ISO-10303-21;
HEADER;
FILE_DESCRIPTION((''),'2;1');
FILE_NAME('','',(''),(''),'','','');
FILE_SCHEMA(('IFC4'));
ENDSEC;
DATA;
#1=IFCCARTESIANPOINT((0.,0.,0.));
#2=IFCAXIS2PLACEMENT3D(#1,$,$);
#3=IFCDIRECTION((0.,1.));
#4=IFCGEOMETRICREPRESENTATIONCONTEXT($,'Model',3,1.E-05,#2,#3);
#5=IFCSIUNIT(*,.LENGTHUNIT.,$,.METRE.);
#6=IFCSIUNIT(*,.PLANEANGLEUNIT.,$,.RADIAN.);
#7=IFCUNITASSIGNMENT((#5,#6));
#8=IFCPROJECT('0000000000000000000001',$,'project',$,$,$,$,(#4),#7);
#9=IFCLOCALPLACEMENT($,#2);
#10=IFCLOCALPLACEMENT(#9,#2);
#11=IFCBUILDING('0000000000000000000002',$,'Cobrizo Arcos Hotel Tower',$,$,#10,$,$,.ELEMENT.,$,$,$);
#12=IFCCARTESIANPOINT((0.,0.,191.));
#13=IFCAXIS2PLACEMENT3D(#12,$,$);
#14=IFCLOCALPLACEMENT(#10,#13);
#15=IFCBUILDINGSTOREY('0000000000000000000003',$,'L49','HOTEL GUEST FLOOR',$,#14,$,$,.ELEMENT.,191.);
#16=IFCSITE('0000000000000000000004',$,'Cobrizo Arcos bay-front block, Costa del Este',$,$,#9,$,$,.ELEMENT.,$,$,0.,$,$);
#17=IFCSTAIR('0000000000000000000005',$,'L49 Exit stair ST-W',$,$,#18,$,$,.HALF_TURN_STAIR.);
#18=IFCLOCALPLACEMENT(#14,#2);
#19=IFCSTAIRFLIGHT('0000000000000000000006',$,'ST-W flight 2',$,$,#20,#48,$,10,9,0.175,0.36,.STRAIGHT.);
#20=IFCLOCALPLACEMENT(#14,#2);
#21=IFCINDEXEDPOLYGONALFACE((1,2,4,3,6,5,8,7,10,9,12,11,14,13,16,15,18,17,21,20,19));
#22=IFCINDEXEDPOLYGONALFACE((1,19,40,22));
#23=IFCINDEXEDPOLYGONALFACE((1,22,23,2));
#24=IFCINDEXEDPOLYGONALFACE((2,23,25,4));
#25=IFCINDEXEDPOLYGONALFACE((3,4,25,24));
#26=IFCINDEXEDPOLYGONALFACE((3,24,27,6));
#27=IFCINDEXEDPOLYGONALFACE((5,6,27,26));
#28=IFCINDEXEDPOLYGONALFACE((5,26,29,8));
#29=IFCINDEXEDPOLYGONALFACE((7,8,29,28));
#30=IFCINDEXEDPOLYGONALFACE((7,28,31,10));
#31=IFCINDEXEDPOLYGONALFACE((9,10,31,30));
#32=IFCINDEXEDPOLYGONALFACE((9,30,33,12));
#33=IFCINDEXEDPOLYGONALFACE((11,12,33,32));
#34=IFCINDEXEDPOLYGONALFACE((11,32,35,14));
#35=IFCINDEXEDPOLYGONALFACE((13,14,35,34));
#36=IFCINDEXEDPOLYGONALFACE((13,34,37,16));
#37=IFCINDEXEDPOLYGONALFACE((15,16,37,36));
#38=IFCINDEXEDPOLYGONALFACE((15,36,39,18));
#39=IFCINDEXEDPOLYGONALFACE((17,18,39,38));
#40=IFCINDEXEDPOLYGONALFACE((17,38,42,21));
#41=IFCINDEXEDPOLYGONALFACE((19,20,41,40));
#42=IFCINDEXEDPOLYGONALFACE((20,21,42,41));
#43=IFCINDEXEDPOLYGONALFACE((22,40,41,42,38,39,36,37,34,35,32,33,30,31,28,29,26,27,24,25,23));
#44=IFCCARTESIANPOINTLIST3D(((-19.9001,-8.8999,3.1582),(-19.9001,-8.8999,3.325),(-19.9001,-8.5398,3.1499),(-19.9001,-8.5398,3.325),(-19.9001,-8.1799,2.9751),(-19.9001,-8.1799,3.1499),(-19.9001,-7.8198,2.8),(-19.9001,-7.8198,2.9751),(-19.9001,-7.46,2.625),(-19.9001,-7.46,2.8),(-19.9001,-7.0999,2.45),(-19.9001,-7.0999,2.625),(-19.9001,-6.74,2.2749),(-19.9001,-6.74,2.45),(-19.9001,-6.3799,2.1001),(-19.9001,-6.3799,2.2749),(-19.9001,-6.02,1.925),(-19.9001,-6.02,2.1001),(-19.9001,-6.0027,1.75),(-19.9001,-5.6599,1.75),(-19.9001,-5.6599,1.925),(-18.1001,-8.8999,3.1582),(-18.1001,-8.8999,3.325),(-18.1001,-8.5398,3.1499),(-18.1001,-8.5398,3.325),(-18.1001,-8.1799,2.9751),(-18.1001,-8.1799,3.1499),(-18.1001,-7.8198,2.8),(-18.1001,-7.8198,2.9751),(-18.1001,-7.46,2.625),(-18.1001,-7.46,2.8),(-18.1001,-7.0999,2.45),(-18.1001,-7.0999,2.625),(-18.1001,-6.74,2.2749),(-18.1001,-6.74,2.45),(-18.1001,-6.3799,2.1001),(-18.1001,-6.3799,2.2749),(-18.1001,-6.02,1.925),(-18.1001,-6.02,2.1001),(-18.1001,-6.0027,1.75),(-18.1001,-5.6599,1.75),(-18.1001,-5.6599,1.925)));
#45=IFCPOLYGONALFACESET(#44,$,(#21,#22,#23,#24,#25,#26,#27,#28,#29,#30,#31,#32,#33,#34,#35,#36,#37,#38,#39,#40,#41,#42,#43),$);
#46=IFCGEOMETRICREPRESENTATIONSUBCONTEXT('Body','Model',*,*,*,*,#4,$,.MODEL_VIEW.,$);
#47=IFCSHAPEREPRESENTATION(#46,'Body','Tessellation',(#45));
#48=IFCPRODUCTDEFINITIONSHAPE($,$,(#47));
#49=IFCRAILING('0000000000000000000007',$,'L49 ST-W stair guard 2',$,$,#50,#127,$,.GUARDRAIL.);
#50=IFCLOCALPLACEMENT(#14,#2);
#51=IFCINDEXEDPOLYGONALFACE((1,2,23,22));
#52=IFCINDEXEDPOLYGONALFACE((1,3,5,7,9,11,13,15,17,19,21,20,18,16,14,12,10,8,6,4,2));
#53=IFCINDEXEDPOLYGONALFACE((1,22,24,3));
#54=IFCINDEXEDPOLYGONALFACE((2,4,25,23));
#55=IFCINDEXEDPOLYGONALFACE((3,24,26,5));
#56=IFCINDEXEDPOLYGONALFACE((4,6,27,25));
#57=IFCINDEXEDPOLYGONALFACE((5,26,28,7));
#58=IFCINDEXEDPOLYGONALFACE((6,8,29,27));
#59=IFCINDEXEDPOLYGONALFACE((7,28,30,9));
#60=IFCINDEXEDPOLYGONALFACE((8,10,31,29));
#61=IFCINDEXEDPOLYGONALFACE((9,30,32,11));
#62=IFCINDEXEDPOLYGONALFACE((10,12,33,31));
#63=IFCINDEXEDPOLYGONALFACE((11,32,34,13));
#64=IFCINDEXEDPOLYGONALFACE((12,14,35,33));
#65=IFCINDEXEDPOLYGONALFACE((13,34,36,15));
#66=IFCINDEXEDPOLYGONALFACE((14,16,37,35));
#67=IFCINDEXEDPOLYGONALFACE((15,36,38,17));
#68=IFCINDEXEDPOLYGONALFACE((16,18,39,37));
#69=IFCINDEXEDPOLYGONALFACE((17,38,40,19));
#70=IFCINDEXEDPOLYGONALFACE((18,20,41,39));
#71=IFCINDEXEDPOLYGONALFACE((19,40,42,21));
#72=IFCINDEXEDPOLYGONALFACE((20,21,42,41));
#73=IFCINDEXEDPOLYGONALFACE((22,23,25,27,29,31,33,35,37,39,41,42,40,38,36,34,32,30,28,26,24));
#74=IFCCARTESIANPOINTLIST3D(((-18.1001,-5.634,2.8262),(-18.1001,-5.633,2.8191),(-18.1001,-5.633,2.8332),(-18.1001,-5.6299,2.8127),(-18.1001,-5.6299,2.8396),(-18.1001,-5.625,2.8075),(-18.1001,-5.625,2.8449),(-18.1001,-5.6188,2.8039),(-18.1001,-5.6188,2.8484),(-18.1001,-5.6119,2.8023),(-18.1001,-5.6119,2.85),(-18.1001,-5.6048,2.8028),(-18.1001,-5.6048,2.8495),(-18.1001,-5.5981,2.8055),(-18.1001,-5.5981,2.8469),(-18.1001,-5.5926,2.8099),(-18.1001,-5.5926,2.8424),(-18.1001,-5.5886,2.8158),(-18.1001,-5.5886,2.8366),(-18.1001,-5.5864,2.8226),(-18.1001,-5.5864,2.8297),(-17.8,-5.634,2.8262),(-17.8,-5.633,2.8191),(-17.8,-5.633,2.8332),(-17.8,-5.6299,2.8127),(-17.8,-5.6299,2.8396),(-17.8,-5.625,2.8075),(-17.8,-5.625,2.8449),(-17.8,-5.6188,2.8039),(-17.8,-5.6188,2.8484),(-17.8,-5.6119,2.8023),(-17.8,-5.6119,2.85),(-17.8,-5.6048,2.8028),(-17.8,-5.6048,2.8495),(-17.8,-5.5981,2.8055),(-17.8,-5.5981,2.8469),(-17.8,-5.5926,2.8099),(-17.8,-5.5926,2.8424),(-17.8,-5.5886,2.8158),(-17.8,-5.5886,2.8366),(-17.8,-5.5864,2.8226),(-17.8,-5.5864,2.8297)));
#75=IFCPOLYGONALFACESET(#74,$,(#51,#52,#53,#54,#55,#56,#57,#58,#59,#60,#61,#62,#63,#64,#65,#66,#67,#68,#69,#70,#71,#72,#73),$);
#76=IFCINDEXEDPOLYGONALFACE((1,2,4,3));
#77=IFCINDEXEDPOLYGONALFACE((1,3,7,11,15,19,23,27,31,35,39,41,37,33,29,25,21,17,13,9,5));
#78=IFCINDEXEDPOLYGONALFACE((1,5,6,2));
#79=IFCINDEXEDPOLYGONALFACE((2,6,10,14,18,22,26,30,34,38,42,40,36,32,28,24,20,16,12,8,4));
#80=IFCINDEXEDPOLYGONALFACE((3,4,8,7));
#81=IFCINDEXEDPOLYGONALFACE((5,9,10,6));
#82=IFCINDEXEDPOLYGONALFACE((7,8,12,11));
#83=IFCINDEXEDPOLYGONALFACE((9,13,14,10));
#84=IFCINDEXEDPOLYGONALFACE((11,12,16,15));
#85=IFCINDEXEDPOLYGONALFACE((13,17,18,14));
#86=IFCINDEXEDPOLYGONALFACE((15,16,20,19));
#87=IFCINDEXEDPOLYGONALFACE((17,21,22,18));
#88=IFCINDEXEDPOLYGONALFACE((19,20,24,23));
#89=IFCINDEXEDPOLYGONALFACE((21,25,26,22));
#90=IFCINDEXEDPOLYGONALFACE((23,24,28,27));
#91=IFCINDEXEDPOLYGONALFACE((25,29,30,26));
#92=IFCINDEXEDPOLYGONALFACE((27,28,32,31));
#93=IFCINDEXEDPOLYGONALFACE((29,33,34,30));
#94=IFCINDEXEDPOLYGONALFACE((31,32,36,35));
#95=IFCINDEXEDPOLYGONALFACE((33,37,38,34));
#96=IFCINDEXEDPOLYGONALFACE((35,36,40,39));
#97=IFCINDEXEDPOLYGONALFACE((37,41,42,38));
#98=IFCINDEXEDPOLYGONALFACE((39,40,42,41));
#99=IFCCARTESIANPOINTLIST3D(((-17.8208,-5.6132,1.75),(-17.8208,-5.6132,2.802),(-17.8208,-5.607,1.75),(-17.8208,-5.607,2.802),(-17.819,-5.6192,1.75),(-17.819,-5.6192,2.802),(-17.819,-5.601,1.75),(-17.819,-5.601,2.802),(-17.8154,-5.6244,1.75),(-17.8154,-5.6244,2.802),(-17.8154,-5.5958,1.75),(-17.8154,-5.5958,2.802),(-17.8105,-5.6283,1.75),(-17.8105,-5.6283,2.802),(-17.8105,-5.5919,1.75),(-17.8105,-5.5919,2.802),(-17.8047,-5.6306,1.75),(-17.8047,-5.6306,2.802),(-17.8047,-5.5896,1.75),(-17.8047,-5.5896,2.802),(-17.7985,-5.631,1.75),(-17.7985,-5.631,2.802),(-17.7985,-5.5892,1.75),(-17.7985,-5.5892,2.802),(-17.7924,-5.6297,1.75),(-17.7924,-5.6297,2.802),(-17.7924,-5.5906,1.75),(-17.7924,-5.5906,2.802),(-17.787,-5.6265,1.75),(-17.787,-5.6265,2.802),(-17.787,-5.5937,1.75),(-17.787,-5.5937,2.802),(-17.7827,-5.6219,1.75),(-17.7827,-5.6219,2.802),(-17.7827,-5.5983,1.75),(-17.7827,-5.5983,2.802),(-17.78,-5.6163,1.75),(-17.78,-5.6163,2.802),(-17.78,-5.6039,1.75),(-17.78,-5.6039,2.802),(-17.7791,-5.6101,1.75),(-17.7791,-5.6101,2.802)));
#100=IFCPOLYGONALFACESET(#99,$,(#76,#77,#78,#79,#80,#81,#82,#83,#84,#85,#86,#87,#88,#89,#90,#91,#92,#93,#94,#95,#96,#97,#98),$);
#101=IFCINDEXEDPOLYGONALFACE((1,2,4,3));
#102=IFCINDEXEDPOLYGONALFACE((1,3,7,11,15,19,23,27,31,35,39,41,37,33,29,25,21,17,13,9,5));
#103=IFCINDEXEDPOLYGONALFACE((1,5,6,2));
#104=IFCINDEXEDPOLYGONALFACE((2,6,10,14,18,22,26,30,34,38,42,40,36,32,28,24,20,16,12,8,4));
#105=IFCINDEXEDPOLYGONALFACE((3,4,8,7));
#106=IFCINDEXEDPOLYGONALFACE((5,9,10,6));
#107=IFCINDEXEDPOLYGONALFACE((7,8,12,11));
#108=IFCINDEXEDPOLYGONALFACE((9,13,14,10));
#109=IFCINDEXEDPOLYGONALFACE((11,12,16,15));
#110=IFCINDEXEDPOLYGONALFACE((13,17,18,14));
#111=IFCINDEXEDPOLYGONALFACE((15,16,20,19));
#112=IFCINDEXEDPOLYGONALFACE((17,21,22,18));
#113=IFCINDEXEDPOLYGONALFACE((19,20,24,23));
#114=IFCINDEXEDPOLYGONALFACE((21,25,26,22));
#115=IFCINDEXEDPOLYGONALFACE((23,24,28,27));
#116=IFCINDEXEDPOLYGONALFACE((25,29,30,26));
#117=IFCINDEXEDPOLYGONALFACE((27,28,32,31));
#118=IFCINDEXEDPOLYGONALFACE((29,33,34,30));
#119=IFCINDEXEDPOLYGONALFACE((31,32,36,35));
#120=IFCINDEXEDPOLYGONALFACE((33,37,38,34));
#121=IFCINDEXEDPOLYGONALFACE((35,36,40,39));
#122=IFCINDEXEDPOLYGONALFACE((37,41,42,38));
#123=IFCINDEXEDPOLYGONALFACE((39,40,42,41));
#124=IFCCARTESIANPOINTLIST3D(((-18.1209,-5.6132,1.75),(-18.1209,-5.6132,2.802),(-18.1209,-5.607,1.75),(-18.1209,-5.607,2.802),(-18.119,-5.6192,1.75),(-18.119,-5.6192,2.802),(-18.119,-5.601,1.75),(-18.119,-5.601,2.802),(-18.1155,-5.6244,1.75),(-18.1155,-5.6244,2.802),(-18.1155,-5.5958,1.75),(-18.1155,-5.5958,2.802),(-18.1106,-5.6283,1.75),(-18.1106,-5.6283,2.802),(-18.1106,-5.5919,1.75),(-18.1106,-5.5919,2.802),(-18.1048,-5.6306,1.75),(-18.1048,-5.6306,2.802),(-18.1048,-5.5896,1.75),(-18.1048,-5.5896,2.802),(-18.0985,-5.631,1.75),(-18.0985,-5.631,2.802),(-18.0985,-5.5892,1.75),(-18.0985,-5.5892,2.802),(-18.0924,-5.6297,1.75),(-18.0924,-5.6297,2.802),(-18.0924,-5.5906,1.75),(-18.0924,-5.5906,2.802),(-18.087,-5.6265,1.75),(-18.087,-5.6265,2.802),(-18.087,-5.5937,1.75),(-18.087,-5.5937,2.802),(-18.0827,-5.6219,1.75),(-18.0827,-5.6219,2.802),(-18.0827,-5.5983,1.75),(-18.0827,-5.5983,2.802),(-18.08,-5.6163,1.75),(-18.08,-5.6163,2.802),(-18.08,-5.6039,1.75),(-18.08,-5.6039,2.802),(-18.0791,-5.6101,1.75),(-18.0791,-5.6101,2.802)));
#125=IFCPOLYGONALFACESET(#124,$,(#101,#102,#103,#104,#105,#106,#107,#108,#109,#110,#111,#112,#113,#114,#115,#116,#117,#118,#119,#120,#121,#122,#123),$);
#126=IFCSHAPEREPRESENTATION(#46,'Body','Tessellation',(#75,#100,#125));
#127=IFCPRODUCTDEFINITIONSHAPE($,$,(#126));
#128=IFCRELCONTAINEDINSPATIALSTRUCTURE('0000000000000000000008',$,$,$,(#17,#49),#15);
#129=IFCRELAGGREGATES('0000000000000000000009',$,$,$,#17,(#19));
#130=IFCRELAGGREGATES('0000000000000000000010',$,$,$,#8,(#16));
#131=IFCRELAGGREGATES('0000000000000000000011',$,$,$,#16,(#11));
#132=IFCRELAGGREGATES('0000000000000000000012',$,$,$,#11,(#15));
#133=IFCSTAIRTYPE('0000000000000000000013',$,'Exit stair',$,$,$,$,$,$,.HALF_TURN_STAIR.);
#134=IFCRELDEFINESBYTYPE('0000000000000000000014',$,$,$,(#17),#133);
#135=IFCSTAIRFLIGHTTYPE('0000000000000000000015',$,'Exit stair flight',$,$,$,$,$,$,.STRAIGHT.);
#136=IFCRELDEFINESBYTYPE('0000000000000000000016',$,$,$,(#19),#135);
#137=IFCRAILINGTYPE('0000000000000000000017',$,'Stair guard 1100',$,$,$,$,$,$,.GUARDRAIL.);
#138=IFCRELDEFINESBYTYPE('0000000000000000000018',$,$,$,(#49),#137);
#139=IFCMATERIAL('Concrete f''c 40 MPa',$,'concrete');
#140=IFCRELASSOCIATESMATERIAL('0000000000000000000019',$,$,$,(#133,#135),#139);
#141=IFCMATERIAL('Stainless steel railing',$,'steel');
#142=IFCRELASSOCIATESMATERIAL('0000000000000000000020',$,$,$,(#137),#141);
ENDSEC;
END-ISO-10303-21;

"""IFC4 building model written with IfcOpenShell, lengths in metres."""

from ifc_helpers import new_model, si_unit, direction, frame, origin, origin_2d, place, context, subcontext, project, spatial, polyline, circle, outline, extrude, material, type_object, element, aggregate, save


model = new_model("IFC4")

# Units and contexts
model_context = context("Model", 3, precision=1e-05, world=origin(), true_north=direction((0.0, 1.0)))
body_context = subcontext(model_context, "Body", "Model", "MODEL_VIEW")
ifc_project = project(units=[si_unit("LENGTHUNIT", "METRE"), si_unit("PLANEANGLEUNIT", "RADIAN")], contexts=[model_context])

# Site, building, storey
site_placement = place(None, origin())
site = spatial("IfcSite", under=ifc_project, at=site_placement, Name="Cobrizo Arcos bay-front block, Costa del Este", CompositionType="ELEMENT", RefElevation=0.0)
building_placement = place(site_placement, origin())
building = spatial("IfcBuilding", under=site, at=building_placement, Name="Cobrizo Arcos Hotel Tower", CompositionType="ELEMENT")
storey_placement = place(building_placement, frame((0.0, 0.0, 191.0)))
storey = spatial("IfcBuildingStorey", under=building, at=storey_placement, Name="L49", Description="HOTEL GUEST FLOOR", CompositionType="ELEMENT", Elevation=191.0)

# Shared definitions
ifc_material_1 = material(Name="Concrete f'c 40 MPa", Category="concrete")

# Stair, stair flight
stair_type = type_object("IfcStairType", Name="Exit stair", PredefinedType="HALF_TURN_STAIR", material=ifc_material_1)
stair_placement = place(storey_placement, origin())
stair = element("IfcStair", 1, at=stair_placement, inside=storey, type_object=stair_type, Name="L49 Exit stair ST-W", PredefinedType="HALF_TURN_STAIR")
stair_flight_type = type_object("IfcStairFlightType", Name="Exit stair flight", PredefinedType="STRAIGHT", material=ifc_material_1)
stair_flight_1_placement = place(storey_placement, frame((-19.0, -5.6599, 1.75), z_axis=(0.0, 0.0, 1.0), x_axis=(0.0, -1.0, 0.0)))
stair_flight_1 = element("IfcStairFlight", 2, at=stair_flight_1_placement, type_object=stair_flight_type, Name="ST-W flight 2", NumberOfRisers=10, NumberOfTreads=9, PredefinedType="STRAIGHT", RiserHeight=0.175, TreadLength=0.36, context=body_context, shape_type="SweptSolid", body=[
    extrude(outline(polyline([(0.0, 0.0), (0.0, 0.175), (0.3601, 0.175), (0.3601, 0.3501), (0.72, 0.3501), (0.72, 0.5249), (1.0801, 0.5249), (1.0801, 0.7), (1.4399, 0.7), (1.4399, 0.875), (1.8, 0.875), (1.8, 1.05), (2.1599, 1.05), (2.1599, 1.2251), (2.52, 1.2251), (2.52, 1.3999), (2.8799, 1.3999), (2.8799, 1.575), (3.24, 1.575), (3.24, 1.75), (3.24, 1.4082), (0.3428, 0.0), (0.0, 0.0)])), frame((0.0, 0.8999, 0.0), z_axis=(0.0, -1.0, 0.0), x_axis=(1.0, 0.0, 0.0)), (0.0, 0.0, 1.0), 1.8),
])
aggregate(stair, [stair_flight_1])

# Railing
ifc_material_2 = material(Name="Stainless steel railing", Category="steel")
railing_type_1 = type_object("IfcRailingType", Name="Stair guard 1100", PredefinedType="GUARDRAIL", material=ifc_material_2)
railing_1_placement = place(storey_placement, frame((-17.8, -5.6101, 1.75)))
element("IfcRailing", 3, at=railing_1_placement, inside=storey, type_object=railing_type_1, Name="L49 ST-W stair guard 2", PredefinedType="GUARDRAIL", context=body_context, shape_type="SweptSolid", body=[
    extrude(circle(Radius=0.0239, at=origin_2d()), frame((0.0, 0.0, 1.0762), z_axis=(-1.0, 0.0, 0.0), x_axis=(0.0, -1.0, 0.0)), (0.0, 0.0, 1.0), 0.3),
    extrude(circle(Radius=0.021, at=origin_2d()), origin(), (0.0, 0.0, 1.0), 1.052),
    extrude(circle(Radius=0.021, at=origin_2d()), frame((-0.3, 0.0, 0.0)), (0.0, 0.0, 1.0), 1.052),
])

save(model, "model.ifc")
